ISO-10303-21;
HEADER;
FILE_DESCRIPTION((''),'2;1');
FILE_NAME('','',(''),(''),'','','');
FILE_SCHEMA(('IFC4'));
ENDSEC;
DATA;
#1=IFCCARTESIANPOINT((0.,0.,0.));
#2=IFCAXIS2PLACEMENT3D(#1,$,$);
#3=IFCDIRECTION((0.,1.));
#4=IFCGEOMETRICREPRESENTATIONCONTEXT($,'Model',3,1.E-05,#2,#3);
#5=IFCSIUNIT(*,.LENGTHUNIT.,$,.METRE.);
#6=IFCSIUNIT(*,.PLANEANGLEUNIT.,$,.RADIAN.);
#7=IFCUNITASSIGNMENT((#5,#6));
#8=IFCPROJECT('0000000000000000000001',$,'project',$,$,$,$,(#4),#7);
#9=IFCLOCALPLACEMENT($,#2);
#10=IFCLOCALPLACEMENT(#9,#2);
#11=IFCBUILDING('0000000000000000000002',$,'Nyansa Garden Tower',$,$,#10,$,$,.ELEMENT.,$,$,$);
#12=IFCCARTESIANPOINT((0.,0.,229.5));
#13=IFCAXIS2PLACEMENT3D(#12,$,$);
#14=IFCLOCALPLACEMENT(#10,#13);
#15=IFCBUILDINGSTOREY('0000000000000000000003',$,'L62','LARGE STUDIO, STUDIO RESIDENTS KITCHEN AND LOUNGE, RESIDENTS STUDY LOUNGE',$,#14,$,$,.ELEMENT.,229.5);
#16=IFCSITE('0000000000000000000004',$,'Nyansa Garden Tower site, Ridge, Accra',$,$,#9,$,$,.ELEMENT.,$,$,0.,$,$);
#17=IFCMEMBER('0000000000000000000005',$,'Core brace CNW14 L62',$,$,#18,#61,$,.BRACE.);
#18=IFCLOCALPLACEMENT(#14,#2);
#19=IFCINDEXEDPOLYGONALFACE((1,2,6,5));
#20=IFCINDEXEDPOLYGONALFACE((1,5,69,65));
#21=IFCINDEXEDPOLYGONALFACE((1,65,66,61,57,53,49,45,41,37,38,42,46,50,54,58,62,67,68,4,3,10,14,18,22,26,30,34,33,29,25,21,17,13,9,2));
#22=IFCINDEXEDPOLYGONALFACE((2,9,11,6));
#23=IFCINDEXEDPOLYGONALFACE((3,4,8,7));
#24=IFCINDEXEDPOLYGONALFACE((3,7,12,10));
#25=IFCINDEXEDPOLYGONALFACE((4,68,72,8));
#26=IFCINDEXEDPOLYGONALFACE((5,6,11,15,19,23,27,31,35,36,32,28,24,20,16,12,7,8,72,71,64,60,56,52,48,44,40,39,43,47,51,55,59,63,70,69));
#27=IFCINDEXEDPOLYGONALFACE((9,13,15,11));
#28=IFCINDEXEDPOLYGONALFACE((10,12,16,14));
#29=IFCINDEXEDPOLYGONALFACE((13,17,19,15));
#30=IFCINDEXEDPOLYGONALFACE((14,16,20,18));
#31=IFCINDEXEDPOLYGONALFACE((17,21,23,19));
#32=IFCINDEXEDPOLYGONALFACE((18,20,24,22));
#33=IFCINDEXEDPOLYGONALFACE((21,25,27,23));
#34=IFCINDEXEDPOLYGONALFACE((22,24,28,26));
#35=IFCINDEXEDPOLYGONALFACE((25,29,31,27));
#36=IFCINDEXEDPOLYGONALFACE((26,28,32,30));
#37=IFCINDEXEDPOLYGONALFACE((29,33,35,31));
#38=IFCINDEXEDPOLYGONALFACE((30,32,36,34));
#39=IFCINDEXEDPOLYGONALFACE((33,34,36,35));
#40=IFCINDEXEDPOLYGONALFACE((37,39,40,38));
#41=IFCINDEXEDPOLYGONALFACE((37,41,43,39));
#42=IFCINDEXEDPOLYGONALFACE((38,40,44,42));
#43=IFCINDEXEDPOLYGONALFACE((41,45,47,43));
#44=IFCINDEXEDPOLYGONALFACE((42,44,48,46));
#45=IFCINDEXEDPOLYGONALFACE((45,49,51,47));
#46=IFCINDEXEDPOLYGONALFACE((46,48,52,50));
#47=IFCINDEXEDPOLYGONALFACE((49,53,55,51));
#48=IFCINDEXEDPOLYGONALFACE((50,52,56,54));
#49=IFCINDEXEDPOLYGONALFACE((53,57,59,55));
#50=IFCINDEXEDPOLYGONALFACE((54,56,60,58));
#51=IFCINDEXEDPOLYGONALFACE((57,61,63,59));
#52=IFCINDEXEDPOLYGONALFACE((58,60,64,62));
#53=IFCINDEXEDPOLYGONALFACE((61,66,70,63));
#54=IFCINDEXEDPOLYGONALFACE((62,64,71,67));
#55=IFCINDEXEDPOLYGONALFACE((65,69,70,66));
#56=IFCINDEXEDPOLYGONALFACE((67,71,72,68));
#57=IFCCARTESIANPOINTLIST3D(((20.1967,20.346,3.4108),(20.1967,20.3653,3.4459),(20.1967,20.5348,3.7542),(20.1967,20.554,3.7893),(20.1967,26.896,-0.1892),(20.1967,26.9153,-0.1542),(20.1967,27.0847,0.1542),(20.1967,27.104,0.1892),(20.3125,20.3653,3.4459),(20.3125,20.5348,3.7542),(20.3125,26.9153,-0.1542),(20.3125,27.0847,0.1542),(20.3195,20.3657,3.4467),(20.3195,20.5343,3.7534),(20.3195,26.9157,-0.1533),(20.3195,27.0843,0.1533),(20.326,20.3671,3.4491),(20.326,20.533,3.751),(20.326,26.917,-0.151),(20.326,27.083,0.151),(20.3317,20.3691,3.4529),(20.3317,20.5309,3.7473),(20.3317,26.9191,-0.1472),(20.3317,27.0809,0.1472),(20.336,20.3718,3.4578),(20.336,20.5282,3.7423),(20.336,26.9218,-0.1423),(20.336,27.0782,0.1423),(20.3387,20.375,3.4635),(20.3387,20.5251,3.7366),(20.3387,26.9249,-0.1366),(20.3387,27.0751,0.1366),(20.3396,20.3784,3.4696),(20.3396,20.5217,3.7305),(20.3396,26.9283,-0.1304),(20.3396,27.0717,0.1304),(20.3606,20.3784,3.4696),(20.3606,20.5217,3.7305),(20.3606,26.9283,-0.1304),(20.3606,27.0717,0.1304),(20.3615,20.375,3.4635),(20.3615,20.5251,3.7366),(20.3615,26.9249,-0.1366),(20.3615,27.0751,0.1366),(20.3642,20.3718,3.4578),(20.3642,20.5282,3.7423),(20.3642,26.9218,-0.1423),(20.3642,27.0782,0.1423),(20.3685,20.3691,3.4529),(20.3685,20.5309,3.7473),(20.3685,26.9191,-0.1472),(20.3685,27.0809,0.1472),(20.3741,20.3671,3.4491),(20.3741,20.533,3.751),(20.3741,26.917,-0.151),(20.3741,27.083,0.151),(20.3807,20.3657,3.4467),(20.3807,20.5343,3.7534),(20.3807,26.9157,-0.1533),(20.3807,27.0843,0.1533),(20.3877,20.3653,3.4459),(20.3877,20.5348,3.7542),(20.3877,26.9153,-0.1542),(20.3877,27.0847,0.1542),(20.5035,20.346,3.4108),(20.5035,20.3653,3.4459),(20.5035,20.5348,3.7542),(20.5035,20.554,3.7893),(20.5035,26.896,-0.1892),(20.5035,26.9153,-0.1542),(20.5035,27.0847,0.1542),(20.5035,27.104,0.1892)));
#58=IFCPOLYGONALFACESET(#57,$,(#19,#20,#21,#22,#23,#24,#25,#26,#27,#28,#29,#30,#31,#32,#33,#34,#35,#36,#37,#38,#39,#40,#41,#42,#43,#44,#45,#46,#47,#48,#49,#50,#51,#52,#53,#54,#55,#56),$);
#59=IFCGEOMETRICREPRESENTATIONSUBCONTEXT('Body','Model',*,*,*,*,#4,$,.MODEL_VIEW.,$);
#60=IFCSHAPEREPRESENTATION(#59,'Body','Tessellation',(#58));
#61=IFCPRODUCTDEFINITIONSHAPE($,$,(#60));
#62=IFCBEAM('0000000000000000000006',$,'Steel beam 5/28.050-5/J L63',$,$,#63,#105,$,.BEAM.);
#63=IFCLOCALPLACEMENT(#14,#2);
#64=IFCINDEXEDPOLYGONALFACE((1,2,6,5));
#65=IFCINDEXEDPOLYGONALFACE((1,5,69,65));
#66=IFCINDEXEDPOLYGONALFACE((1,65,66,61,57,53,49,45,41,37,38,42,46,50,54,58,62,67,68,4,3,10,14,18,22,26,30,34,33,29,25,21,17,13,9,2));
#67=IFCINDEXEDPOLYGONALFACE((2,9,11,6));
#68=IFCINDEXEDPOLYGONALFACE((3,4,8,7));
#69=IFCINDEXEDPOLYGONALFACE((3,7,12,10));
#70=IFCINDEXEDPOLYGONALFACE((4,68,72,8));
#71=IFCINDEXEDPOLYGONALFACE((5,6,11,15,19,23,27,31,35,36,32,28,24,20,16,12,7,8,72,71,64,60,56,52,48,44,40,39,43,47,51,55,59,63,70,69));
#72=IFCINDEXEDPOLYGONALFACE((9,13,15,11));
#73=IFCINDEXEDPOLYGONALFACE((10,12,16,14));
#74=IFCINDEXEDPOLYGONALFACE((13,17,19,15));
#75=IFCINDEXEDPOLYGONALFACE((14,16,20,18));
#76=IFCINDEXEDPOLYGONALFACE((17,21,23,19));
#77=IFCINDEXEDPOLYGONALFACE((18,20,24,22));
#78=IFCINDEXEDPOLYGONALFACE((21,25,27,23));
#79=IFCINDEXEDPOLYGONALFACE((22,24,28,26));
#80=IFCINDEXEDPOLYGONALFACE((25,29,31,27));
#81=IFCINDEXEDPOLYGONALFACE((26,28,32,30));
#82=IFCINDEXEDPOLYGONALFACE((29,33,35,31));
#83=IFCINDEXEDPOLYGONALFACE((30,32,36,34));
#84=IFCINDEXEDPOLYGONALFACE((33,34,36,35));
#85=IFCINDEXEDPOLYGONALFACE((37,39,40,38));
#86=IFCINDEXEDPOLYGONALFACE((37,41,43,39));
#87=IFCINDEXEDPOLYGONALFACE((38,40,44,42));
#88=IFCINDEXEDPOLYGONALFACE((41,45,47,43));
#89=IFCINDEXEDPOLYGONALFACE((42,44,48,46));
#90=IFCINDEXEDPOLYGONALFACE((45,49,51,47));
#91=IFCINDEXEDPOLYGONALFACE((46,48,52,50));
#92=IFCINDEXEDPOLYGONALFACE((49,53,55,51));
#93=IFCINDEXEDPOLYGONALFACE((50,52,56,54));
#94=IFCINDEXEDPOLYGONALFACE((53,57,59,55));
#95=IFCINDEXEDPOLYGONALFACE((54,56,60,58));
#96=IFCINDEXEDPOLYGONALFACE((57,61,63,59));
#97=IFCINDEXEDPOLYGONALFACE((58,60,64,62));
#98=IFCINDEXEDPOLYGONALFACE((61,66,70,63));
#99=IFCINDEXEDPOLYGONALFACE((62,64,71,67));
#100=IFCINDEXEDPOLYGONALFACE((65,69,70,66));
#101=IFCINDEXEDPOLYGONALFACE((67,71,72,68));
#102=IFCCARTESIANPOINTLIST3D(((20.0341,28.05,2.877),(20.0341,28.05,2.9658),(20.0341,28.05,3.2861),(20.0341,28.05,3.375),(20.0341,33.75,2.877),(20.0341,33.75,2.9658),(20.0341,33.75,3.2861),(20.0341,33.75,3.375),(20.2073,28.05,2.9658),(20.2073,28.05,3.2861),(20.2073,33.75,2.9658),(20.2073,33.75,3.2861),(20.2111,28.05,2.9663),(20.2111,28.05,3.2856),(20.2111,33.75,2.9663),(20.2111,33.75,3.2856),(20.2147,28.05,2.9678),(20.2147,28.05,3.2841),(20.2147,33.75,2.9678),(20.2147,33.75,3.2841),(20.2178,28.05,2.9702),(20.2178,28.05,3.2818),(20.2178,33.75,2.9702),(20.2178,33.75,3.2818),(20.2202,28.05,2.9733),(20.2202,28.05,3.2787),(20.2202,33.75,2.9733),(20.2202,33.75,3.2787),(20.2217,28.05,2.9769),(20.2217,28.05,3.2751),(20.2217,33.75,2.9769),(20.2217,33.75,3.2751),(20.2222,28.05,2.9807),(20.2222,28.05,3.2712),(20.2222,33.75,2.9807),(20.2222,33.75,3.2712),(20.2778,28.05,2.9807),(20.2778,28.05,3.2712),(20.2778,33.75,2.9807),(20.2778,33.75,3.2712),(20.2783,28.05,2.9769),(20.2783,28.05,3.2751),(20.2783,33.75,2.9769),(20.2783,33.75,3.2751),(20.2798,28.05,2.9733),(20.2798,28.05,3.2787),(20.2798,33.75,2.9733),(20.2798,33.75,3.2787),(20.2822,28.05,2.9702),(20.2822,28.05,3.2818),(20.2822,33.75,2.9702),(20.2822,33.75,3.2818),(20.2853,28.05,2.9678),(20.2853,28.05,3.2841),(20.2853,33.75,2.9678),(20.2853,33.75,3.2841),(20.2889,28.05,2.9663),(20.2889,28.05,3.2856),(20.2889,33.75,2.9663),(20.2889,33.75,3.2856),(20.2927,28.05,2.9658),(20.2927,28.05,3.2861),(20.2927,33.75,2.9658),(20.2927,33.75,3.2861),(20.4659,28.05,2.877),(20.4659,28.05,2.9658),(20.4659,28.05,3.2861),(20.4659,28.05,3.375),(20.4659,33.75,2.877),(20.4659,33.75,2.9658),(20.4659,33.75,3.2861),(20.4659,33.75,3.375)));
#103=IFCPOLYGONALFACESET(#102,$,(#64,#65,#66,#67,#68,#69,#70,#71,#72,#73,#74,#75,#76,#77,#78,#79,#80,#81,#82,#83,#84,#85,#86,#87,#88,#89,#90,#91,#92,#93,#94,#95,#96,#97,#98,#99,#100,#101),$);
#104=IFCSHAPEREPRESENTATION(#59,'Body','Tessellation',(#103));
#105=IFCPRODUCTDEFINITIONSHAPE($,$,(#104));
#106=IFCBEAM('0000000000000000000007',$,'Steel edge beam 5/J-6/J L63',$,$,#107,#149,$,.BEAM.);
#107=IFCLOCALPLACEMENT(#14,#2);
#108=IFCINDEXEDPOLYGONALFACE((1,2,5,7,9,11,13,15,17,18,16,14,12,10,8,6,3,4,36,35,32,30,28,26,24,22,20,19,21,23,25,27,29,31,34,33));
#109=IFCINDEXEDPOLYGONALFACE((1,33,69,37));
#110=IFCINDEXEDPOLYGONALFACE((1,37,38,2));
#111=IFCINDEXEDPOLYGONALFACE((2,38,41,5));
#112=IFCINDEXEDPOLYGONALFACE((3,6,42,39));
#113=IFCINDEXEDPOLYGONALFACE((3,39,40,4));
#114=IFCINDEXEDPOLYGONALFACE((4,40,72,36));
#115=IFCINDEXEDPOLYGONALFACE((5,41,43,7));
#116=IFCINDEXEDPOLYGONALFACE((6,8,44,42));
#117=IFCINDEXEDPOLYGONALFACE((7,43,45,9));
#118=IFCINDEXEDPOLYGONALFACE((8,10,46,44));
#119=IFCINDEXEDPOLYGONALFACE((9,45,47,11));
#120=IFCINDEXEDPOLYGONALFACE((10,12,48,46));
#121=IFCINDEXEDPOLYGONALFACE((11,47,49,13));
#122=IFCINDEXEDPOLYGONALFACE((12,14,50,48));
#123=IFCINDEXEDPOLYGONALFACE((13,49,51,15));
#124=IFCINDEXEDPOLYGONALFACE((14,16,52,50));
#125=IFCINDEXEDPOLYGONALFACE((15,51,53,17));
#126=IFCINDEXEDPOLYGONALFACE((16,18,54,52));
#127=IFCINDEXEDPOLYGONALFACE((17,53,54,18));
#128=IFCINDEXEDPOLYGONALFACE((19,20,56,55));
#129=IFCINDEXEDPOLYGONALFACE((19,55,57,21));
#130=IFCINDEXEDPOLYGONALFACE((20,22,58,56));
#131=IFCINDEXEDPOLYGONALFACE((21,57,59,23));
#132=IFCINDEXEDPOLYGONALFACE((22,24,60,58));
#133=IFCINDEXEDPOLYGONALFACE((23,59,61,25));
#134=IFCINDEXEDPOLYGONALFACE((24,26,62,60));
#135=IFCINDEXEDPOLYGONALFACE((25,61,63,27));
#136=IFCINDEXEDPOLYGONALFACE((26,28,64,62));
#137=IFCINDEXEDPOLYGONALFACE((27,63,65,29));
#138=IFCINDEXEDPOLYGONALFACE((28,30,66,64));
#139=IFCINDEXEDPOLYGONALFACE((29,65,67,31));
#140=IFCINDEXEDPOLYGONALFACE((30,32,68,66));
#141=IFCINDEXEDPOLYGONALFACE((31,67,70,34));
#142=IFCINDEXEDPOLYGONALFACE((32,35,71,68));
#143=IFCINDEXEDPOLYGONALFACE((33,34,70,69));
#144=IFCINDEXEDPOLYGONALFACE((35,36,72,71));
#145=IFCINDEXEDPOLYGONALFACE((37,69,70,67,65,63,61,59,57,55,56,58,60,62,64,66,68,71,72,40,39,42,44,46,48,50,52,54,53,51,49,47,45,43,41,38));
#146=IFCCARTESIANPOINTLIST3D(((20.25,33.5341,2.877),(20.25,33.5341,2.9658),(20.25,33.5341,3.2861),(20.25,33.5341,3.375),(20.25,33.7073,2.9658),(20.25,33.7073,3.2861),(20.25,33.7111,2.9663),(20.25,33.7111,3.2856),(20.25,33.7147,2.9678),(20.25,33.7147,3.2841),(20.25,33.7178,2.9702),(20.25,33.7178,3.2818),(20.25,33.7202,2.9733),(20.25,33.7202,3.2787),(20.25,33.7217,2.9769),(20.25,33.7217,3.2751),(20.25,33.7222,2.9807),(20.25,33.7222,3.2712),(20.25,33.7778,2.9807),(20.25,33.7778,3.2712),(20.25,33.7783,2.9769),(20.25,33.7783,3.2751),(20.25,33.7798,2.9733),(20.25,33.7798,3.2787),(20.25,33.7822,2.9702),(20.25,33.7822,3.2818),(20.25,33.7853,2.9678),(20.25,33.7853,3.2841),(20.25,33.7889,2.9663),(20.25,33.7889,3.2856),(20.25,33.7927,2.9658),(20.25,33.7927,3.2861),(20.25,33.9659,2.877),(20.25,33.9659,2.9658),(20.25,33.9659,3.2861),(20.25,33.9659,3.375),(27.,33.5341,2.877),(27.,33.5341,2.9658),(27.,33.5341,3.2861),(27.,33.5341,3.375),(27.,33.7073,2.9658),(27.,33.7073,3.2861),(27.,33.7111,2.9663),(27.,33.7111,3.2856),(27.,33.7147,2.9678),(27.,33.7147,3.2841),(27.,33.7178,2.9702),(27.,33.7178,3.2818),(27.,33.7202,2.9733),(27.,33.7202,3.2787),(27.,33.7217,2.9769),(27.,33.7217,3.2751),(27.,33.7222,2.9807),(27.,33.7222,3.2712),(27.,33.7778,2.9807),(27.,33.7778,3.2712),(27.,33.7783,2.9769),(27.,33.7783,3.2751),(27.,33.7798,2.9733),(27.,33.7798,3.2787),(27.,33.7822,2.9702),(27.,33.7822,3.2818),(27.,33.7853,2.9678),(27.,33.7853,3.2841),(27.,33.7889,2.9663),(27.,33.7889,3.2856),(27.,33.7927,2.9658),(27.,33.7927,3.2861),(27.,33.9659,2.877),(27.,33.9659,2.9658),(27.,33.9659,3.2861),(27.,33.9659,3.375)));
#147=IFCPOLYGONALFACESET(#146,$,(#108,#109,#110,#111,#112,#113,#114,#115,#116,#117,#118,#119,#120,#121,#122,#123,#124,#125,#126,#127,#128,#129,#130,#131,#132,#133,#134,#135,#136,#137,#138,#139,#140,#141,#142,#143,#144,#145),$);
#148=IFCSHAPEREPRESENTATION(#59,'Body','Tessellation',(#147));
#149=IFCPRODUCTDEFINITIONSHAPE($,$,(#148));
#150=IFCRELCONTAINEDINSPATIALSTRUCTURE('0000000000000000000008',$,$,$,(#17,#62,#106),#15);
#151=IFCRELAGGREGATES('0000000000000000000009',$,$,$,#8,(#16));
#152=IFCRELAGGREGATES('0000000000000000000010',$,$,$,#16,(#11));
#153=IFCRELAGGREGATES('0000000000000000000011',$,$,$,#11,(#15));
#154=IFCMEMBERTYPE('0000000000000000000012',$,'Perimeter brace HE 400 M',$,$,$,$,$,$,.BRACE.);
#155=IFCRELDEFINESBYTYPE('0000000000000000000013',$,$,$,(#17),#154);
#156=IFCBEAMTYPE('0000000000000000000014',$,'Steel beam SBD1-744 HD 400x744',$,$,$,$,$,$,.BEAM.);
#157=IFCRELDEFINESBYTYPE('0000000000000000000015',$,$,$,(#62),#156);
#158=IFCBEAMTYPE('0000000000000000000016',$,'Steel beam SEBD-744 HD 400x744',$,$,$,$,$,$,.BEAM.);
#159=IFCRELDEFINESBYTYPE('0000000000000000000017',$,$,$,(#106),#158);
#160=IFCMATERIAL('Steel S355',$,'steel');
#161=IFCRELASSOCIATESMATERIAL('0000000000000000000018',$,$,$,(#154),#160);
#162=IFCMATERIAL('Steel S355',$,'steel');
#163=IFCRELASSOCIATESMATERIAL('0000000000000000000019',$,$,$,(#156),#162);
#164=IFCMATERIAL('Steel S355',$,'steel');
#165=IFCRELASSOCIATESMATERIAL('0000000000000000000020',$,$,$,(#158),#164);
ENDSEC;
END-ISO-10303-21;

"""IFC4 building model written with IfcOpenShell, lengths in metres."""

from ifc_helpers import new_model, si_unit, direction, frame, origin, origin_2d, place, context, subcontext, project, spatial, i_section, extrude, material, material_profile, profile_set, type_object, element, save


model = new_model("IFC4")

# Units and contexts
model_context = context("Model", 3, precision=1e-05, world=origin(), true_north=direction((0.0, 1.0)))
body_context = subcontext(model_context, "Body", "Model", "MODEL_VIEW")
ifc_project = project(units=[si_unit("LENGTHUNIT", "METRE"), si_unit("PLANEANGLEUNIT", "RADIAN")], contexts=[model_context])

# Site, building, storey
site_placement = place(None, origin())
site = spatial("IfcSite", under=ifc_project, at=site_placement, Name="Nyansa Garden Tower site, Ridge, Accra", CompositionType="ELEMENT", RefElevation=0.0)
building_placement = place(site_placement, origin())
building = spatial("IfcBuilding", under=site, at=building_placement, Name="Nyansa Garden Tower", CompositionType="ELEMENT")
storey_placement = place(building_placement, frame((0.0, 0.0, 229.5)))
storey = spatial("IfcBuildingStorey", under=building, at=storey_placement, Name="L62", Description="LARGE STUDIO, STUDIO RESIDENTS KITCHEN AND LOUNGE, RESIDENTS STUDY LOUNGE", CompositionType="ELEMENT", Elevation=229.5)

# Member
ifc_material_1 = material(Name="Steel S355", Category="steel")
ifc_material_profile_1 = material_profile(ifc_material_1, i_section(OverallWidth=0.3069, OverallDepth=0.4319, WebThickness=0.021, FlangeThickness=0.04, FilletRadius=0.0271, at=origin_2d()), Name="HE 400 M")
ifc_profile_set_1 = profile_set([ifc_material_profile_1], Name="Steel S355")
member_type_1 = type_object("IfcMemberType", Name="Perimeter brace HE 400 M", PredefinedType="BRACE", material=ifc_profile_set_1)
for number, where, z_axis, x_axis, name in (
    (1, (20.3501, 27.0, 0.0), (0.0, -0.876353, 0.481669), (1.0, 0.0, 0.0), "Core brace CNW14 L62"),
):
    element("IfcMember", number, at=place(storey_placement, frame(where, z_axis=z_axis, x_axis=x_axis)), inside=storey, type_object=member_type_1, Name=name, PredefinedType="BRACE", context=body_context, shape_type="SweptSolid", body=[
        extrude(i_section(OverallWidth=0.3069, OverallDepth=0.4319, WebThickness=0.021, FlangeThickness=0.04, FilletRadius=0.0271, at=origin_2d()), origin(), (0.0, 0.0, 1.0), 7.4741),
    ])

# Beams
ifc_material_2 = material(Name="Steel S355", Category="steel")
ifc_material_profile_2 = material_profile(ifc_material_2, i_section(OverallWidth=0.4319, OverallDepth=0.498, WebThickness=0.0557, FlangeThickness=0.0889, FilletRadius=0.0149, at=origin_2d()), Name="HD 400x744")
ifc_profile_set_2 = profile_set([ifc_material_profile_2], Name="Steel S355")
beam_type_1 = type_object("IfcBeamType", Name="Steel beam SBD1-744 HD 400x744", PredefinedType="BEAM", material=ifc_profile_set_2)
beam_1_placement = place(storey_placement, frame((20.25, 28.05, 3.126), z_axis=(0.0, 1.0, 0.0), x_axis=(-1.0, 0.0, 0.0)))
element("IfcBeam", 2, at=beam_1_placement, inside=storey, type_object=beam_type_1, Name="Steel beam 5/28.050-5/J L63", PredefinedType="BEAM", context=body_context, shape_type="SweptSolid", body=[
    extrude(i_section(OverallWidth=0.4319, OverallDepth=0.498, WebThickness=0.0557, FlangeThickness=0.0889, FilletRadius=0.0149, at=origin_2d()), origin(), (0.0, 0.0, 1.0), 5.7),
])
ifc_material_3 = material(Name="Steel S355", Category="steel")
ifc_material_profile_3 = material_profile(ifc_material_3, i_section(OverallWidth=0.4319, OverallDepth=0.498, WebThickness=0.0557, FlangeThickness=0.0889, FilletRadius=0.0149, at=origin_2d()), Name="HD 400x744")
ifc_profile_set_3 = profile_set([ifc_material_profile_3], Name="Steel S355")
beam_type_2 = type_object("IfcBeamType", Name="Steel beam SEBD-744 HD 400x744", PredefinedType="BEAM", material=ifc_profile_set_3)
beam_2_placement = place(storey_placement, frame((20.25, 33.75, 3.126), z_axis=(1.0, 0.0, 0.0), x_axis=(0.0, 1.0, 0.0)))
element("IfcBeam", 3, at=beam_2_placement, inside=storey, type_object=beam_type_2, Name="Steel edge beam 5/J-6/J L63", PredefinedType="BEAM", context=body_context, shape_type="SweptSolid", body=[
    extrude(i_section(OverallWidth=0.4319, OverallDepth=0.498, WebThickness=0.0557, FlangeThickness=0.0889, FilletRadius=0.0149, at=origin_2d()), origin(), (0.0, 0.0, 1.0), 6.75),
])

save(model, "model.ifc")
